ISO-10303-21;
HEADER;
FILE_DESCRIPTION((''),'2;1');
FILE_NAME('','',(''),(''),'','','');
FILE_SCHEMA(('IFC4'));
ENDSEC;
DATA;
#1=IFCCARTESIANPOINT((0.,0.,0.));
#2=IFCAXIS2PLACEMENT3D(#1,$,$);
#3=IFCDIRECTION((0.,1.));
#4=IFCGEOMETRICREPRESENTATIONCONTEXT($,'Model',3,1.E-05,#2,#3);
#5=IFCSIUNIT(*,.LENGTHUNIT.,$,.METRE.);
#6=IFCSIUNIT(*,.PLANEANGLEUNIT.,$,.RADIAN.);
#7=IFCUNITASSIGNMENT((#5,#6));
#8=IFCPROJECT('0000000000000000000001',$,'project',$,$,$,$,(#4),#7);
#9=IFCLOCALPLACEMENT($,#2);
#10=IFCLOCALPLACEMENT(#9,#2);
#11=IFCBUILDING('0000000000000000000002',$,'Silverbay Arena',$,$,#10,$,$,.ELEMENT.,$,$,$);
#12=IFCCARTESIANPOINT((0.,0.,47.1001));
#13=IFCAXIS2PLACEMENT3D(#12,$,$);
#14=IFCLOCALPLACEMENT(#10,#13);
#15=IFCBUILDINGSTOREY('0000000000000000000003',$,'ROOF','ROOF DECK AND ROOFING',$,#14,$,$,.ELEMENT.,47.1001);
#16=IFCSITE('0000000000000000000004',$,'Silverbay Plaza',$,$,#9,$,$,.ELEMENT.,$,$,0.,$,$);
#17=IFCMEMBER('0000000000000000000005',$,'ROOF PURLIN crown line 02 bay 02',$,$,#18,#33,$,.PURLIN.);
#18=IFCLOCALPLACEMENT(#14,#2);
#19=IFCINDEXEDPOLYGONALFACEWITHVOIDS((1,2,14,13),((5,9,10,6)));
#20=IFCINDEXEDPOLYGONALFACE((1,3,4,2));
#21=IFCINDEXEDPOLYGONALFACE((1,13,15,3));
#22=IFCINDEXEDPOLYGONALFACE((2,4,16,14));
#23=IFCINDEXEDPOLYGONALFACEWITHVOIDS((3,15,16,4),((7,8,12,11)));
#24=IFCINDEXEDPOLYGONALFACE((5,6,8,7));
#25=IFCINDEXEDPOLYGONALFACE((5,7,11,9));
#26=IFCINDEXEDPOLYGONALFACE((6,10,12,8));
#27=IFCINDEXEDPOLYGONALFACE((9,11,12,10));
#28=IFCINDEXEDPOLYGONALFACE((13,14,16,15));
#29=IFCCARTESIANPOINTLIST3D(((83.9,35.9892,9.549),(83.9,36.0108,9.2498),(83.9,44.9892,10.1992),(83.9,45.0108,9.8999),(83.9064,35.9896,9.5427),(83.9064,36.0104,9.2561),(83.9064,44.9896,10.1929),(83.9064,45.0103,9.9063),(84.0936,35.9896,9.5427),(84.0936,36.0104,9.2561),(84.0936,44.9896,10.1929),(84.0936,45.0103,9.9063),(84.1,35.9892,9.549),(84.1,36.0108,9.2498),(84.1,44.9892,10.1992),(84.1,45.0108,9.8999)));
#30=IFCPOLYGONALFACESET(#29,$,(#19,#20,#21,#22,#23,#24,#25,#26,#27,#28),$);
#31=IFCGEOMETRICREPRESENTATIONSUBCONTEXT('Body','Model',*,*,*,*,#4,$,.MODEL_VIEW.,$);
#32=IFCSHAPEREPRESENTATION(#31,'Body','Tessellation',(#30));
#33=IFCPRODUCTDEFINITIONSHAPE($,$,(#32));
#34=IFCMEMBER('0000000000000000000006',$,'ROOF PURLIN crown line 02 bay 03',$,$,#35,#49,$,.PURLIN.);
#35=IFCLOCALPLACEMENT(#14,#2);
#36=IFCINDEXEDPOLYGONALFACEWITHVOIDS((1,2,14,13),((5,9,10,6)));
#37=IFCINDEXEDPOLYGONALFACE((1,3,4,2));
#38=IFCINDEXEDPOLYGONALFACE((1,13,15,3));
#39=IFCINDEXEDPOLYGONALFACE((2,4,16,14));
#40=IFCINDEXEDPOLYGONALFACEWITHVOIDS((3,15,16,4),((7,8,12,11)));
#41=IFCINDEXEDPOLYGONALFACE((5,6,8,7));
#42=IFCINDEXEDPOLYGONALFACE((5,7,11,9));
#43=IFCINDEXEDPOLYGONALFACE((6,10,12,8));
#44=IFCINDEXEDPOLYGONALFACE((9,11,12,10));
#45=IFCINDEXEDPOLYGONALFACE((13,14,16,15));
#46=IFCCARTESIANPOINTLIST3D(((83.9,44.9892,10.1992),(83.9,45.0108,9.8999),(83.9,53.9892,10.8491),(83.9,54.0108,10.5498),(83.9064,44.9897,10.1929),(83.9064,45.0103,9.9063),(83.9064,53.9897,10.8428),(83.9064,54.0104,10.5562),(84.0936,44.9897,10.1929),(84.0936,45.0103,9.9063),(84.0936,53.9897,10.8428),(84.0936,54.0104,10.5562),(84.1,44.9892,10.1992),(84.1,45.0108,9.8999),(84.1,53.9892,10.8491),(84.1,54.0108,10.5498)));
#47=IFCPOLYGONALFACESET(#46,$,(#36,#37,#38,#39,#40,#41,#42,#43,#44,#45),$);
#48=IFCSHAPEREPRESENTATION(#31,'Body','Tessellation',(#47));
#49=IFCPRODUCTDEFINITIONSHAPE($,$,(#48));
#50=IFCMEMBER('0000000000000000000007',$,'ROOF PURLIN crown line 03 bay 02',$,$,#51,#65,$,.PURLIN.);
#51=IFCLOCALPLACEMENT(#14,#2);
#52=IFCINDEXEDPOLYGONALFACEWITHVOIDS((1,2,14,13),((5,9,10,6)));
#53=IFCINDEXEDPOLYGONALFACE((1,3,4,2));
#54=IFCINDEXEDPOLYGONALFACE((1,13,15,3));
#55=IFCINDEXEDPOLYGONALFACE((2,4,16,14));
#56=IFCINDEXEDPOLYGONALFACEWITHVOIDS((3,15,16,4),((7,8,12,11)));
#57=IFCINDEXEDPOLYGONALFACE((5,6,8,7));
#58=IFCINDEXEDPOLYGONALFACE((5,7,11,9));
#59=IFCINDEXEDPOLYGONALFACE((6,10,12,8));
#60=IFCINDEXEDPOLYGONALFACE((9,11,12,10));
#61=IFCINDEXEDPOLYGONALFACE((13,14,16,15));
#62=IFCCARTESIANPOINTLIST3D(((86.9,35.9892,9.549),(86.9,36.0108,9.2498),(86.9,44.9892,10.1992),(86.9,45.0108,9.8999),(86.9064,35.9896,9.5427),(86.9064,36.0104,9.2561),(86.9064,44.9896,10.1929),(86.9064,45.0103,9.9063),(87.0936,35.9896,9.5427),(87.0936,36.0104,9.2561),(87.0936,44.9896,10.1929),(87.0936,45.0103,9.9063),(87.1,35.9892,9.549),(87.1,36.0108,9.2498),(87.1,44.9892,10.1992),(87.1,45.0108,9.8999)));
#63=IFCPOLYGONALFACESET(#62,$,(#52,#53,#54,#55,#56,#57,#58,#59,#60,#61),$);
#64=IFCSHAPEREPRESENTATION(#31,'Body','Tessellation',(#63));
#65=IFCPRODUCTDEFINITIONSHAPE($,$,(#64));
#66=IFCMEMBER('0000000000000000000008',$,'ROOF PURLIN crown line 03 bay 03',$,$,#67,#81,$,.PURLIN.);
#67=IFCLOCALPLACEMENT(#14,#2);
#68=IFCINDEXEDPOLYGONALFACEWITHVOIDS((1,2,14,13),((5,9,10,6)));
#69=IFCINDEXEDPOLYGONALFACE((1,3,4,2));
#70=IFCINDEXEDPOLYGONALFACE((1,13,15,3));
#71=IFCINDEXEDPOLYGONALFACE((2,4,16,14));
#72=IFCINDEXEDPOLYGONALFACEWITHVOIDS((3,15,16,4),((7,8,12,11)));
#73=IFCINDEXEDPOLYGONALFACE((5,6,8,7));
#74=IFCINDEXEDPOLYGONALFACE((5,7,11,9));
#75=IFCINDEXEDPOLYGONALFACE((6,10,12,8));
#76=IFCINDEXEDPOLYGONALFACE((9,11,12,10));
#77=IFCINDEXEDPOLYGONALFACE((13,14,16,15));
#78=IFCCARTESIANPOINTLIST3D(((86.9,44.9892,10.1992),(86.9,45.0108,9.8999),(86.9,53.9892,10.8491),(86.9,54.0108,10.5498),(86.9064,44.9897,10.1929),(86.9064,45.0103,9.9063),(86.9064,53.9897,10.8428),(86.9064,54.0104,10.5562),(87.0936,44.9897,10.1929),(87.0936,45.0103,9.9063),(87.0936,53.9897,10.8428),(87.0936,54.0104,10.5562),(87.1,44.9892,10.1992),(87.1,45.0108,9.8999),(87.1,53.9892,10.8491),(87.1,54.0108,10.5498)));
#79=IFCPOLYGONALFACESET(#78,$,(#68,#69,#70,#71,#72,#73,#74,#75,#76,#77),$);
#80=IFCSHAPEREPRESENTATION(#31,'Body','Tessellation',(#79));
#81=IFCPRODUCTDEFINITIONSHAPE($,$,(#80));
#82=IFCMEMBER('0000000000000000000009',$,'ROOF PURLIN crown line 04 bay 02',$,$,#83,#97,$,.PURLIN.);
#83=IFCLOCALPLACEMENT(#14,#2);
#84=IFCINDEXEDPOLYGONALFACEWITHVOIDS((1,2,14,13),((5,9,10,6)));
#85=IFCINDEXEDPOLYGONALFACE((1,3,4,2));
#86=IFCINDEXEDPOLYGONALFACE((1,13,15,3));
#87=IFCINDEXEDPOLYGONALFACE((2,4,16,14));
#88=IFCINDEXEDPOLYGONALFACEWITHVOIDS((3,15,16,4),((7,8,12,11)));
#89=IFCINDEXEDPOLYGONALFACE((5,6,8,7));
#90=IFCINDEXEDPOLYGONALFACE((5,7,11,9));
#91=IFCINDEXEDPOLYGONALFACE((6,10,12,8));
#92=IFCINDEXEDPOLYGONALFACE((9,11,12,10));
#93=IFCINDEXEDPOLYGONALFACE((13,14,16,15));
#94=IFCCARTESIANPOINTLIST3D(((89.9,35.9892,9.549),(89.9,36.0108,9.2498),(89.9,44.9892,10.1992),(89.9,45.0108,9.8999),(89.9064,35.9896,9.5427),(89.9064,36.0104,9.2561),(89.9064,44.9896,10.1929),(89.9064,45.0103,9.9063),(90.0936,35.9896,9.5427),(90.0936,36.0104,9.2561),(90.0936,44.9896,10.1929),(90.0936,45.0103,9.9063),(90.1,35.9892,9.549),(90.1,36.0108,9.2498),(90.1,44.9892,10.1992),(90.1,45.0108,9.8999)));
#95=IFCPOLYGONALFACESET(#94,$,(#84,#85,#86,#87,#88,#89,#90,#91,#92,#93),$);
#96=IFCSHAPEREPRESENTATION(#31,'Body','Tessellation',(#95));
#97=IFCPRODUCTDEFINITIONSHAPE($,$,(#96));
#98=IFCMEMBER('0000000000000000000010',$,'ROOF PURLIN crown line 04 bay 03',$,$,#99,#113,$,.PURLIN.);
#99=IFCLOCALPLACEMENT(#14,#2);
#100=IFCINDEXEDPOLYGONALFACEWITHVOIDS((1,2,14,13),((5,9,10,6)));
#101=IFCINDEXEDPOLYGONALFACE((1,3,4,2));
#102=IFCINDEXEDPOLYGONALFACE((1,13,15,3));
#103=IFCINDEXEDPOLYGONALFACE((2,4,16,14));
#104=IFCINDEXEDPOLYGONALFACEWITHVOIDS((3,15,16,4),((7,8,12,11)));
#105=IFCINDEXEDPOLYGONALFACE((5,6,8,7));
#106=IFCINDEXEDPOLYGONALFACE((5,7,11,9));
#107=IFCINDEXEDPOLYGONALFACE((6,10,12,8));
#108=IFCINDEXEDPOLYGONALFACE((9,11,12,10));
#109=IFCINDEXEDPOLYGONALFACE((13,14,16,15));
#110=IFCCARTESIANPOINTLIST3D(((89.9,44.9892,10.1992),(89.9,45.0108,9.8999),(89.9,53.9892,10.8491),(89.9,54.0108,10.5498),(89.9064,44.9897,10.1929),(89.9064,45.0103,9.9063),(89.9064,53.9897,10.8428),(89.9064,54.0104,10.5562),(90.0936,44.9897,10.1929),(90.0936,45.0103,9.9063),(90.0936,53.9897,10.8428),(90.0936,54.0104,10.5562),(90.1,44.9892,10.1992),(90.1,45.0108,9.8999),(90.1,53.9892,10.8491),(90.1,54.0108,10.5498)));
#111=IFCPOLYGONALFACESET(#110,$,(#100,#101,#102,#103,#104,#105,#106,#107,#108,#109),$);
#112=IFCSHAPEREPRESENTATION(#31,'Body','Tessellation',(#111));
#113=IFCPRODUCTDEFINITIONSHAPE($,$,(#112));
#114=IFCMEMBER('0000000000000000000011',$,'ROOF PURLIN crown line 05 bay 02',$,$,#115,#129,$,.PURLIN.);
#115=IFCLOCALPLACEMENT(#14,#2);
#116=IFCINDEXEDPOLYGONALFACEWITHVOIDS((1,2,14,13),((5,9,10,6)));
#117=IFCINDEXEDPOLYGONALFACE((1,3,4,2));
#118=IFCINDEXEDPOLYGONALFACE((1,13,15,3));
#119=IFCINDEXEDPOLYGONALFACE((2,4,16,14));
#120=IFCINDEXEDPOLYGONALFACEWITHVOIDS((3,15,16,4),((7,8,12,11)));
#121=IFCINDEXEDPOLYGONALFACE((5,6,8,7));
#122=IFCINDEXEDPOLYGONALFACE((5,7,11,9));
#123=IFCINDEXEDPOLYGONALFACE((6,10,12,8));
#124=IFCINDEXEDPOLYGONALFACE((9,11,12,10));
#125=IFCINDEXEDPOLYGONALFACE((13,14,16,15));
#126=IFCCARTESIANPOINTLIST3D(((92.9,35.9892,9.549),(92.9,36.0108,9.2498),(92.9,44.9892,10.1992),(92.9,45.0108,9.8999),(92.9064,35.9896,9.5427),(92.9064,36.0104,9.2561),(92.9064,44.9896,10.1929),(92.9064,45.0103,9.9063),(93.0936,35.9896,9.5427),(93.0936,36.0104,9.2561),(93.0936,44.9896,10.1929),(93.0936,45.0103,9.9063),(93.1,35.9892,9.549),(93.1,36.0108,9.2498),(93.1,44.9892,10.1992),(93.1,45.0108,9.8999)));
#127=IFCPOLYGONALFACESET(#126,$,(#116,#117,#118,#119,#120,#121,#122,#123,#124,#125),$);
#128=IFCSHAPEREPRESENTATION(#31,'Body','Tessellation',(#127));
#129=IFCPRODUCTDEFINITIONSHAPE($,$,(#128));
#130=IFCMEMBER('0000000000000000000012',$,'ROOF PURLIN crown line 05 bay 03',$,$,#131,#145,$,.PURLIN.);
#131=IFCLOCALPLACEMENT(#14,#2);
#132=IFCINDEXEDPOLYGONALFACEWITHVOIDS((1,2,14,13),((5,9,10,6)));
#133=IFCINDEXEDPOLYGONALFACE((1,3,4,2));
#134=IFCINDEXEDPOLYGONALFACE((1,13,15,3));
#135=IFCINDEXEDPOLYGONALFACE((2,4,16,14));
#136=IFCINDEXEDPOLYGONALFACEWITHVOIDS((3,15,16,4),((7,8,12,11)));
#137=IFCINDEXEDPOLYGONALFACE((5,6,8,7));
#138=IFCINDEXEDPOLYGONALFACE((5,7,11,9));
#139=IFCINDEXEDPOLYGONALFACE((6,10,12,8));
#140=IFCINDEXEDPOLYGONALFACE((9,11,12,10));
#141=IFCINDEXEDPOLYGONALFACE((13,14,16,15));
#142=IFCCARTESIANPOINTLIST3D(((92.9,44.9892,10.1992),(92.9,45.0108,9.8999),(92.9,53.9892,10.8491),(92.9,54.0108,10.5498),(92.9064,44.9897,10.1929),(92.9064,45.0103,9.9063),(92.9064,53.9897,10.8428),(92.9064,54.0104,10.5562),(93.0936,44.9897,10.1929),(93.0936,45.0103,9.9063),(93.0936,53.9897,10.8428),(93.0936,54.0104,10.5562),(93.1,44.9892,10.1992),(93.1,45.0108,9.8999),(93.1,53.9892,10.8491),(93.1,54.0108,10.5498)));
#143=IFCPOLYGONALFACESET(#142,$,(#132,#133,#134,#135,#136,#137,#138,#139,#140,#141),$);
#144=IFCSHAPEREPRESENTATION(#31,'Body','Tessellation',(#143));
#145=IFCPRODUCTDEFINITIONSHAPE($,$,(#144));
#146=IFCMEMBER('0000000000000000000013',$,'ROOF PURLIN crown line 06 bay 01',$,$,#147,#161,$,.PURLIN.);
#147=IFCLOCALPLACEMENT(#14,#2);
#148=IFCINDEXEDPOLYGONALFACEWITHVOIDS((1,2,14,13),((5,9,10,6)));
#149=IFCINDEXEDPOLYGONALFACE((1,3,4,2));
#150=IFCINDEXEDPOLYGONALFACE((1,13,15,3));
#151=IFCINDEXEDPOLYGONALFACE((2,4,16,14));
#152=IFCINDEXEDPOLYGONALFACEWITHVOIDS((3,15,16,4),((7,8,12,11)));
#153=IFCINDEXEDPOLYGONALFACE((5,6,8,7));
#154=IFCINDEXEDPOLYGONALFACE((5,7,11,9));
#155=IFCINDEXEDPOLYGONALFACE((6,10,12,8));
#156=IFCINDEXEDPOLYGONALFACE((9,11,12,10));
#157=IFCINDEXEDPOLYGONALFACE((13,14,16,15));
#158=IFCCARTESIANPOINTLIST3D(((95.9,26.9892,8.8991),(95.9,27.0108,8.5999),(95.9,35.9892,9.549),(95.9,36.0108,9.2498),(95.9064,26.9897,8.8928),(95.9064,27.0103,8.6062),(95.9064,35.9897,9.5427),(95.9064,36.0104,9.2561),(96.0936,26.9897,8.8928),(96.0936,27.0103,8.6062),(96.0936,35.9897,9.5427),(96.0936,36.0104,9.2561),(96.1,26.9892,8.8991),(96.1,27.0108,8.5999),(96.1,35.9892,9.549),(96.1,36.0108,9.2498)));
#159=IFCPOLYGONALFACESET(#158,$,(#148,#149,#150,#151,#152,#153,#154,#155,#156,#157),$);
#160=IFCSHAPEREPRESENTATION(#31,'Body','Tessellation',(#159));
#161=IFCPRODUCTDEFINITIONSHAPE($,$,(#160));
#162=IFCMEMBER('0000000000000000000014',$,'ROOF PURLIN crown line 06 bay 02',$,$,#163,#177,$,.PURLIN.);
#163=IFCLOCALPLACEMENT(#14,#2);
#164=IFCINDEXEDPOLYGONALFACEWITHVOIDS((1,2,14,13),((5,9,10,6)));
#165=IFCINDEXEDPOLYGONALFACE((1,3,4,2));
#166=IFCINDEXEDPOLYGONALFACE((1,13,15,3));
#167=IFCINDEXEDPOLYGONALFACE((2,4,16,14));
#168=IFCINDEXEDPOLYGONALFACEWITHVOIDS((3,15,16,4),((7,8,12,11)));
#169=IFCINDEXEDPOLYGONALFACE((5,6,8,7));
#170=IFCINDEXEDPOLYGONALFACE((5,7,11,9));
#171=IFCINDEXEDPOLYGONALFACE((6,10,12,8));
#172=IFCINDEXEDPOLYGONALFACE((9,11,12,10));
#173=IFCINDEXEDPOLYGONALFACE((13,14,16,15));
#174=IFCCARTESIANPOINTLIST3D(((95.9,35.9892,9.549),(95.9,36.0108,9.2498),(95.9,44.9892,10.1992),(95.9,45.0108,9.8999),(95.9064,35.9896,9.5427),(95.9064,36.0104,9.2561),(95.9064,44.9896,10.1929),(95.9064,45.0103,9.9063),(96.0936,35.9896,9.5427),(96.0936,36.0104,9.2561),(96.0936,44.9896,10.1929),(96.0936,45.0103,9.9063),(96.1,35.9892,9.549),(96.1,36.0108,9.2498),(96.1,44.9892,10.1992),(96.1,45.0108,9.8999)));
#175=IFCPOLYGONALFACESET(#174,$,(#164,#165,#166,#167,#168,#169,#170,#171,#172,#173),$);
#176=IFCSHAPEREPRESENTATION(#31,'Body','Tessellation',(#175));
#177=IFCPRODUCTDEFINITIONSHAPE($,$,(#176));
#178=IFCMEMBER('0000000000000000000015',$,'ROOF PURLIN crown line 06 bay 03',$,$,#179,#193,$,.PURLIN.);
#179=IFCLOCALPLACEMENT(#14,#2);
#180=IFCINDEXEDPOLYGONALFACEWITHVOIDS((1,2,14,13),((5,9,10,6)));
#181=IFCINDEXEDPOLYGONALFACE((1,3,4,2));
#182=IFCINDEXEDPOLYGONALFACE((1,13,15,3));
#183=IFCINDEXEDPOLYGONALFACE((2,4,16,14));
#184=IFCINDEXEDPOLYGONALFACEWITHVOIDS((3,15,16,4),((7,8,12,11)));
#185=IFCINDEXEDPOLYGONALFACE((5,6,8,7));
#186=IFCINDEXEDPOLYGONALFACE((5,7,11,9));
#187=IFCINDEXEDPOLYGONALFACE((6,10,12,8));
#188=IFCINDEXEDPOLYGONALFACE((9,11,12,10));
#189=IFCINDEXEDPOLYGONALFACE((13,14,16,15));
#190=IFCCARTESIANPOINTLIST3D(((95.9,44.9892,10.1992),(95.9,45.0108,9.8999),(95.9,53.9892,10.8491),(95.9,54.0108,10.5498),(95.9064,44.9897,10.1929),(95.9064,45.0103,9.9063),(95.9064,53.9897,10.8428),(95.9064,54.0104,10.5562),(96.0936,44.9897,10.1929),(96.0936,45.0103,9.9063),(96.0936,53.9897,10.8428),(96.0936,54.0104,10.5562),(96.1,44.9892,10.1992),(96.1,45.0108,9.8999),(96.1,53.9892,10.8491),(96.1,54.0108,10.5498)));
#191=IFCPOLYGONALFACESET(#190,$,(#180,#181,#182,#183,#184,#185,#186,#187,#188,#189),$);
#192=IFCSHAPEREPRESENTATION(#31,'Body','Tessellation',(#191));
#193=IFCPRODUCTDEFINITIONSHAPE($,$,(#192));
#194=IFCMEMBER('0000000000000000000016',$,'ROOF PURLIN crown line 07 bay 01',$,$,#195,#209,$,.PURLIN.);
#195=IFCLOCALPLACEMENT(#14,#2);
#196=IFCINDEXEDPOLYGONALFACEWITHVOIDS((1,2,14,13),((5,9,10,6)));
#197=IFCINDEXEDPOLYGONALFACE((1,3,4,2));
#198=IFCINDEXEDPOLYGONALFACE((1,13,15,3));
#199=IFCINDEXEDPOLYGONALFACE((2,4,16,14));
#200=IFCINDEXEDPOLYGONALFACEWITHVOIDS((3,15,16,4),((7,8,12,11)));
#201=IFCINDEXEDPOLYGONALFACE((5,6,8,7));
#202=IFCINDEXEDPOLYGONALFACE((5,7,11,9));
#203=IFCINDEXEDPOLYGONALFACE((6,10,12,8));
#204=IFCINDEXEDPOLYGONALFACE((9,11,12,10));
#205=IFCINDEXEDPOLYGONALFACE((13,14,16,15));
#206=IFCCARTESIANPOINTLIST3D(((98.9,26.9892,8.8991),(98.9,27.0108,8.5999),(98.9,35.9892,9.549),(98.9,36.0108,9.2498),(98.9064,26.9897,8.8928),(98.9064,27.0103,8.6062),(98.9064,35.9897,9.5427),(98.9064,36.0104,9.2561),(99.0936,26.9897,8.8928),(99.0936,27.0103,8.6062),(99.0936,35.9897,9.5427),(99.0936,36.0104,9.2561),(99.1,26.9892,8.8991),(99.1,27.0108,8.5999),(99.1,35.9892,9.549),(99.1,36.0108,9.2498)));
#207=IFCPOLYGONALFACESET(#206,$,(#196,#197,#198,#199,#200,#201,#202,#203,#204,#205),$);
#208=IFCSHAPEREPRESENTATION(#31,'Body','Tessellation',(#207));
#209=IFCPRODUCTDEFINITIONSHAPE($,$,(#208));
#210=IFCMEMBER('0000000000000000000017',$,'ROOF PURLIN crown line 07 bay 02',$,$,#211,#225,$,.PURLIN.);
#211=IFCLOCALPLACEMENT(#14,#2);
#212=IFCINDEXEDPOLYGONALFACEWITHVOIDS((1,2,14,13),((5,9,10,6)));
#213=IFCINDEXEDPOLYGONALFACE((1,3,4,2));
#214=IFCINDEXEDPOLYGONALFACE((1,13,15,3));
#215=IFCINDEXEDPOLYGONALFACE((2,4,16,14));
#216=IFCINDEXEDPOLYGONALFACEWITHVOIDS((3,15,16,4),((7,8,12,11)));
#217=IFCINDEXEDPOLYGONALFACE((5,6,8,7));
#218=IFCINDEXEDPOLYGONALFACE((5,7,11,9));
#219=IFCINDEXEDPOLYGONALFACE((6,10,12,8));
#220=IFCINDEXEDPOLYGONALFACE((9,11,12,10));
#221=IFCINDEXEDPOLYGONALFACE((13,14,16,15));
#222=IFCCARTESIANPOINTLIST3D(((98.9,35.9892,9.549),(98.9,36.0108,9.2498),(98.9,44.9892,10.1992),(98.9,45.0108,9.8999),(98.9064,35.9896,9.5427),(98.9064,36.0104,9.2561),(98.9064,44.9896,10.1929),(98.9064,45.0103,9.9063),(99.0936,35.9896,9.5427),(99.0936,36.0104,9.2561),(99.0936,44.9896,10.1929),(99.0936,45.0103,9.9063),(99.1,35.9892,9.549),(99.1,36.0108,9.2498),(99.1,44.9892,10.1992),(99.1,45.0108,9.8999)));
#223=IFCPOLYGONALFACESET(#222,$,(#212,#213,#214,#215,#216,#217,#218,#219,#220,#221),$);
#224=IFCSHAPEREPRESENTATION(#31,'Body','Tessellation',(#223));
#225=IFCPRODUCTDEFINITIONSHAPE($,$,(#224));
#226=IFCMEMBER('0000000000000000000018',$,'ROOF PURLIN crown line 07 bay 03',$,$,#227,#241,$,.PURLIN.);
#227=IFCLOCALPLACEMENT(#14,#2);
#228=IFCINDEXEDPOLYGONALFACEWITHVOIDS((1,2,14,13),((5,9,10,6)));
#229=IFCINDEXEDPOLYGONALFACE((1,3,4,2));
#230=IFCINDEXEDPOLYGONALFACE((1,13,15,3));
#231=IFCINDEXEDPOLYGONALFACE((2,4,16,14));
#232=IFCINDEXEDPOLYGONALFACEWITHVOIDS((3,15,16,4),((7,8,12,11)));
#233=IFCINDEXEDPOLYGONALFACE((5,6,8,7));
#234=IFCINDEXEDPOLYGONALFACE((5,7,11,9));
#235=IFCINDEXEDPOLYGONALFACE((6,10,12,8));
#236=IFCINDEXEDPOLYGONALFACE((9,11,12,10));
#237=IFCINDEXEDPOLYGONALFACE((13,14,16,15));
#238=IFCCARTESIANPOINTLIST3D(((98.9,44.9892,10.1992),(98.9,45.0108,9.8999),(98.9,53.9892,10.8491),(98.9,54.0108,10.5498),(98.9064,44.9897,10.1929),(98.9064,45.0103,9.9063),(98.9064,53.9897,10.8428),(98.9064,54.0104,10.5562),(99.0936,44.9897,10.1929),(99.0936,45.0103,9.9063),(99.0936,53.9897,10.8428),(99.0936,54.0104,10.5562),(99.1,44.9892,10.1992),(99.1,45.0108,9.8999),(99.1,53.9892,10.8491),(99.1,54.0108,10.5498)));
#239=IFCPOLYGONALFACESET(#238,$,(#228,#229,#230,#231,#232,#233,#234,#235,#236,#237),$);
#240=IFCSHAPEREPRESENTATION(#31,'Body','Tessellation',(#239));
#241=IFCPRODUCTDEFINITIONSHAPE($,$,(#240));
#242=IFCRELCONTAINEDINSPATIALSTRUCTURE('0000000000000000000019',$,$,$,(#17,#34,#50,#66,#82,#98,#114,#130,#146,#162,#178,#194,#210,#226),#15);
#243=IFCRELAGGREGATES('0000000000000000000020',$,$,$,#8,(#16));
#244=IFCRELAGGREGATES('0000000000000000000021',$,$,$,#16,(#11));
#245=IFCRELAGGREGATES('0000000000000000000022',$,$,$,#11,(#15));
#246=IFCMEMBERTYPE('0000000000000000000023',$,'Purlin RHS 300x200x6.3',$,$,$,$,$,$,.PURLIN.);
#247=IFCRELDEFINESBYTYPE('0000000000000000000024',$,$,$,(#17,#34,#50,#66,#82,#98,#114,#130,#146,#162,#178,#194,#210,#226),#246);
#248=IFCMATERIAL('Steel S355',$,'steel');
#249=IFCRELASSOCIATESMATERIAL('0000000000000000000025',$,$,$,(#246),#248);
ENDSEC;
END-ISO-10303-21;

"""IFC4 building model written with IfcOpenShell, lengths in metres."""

from ifc_helpers import new_model, si_unit, direction, frame, origin, origin_2d, place, context, subcontext, project, spatial, hollow_rectangle, extrude, material, material_profile, profile_set, type_object, element, save


model = new_model("IFC4")

# Units and contexts
model_context = context("Model", 3, precision=1e-05, world=origin(), true_north=direction((0.0, 1.0)))
body_context = subcontext(model_context, "Body", "Model", "MODEL_VIEW")
ifc_project = project(units=[si_unit("LENGTHUNIT", "METRE"), si_unit("PLANEANGLEUNIT", "RADIAN")], contexts=[model_context])

# Site, building, storey
site_placement = place(None, origin())
site = spatial("IfcSite", under=ifc_project, at=site_placement, Name="Silverbay Plaza", CompositionType="ELEMENT", RefElevation=0.0)
building_placement = place(site_placement, origin())
building = spatial("IfcBuilding", under=site, at=building_placement, Name="Silverbay Arena", CompositionType="ELEMENT")
storey_placement = place(building_placement, frame((0.0, 0.0, 47.1001)))
storey = spatial("IfcBuildingStorey", under=building, at=storey_placement, Name="ROOF", Description="ROOF DECK AND ROOFING", CompositionType="ELEMENT", Elevation=47.1001)

# Members
ifc_material_1 = material(Name="Steel S355", Category="steel")
ifc_material_profile_1 = material_profile(ifc_material_1, hollow_rectangle(XDim=0.2, YDim=0.3, WallThickness=0.0063, at=origin_2d()), Name="RHS 300x200x6.3")
ifc_profile_set_1 = profile_set([ifc_material_profile_1], Name="Steel S355")
member_type_1 = type_object("IfcMemberType", Name="Purlin RHS 300x200x6.3", PredefinedType="PURLIN", material=ifc_profile_set_1)
for number, where, z_axis, x_axis, name in (
    (1, (84.0, 36.0, 9.3994), (0.0, 0.997401, 0.072051), (-1.0, 0.0, 0.0), "ROOF PURLIN crown line 02 bay 02"),
    (2, (84.0, 45.0, 10.0496), (0.0, 0.997403, 0.072024), (-1.0, 0.0, 0.0), "ROOF PURLIN crown line 02 bay 03"),
    (3, (87.0, 36.0, 9.3994), (0.0, 0.997401, 0.072051), (-1.0, 0.0, 0.0), "ROOF PURLIN crown line 03 bay 02"),
    (4, (87.0, 45.0, 10.0496), (0.0, 0.997403, 0.072024), (-1.0, 0.0, 0.0), "ROOF PURLIN crown line 03 bay 03"),
    (5, (90.0, 36.0, 9.3994), (0.0, 0.997401, 0.072051), (-1.0, 0.0, 0.0), "ROOF PURLIN crown line 04 bay 02"),
    (6, (90.0, 45.0, 10.0496), (0.0, 0.997403, 0.072024), (-1.0, 0.0, 0.0), "ROOF PURLIN crown line 04 bay 03"),
    (7, (93.0, 36.0, 9.3994), (0.0, 0.997401, 0.072051), (-1.0, 0.0, 0.0), "ROOF PURLIN crown line 05 bay 02"),
    (8, (93.0, 45.0, 10.0496), (0.0, 0.997403, 0.072024), (-1.0, 0.0, 0.0), "ROOF PURLIN crown line 05 bay 03"),
    (9, (96.0, 27.0, 8.7495), (0.0, 0.997403, 0.072024), (-1.0, 0.0, 0.0), "ROOF PURLIN crown line 06 bay 01"),
    (10, (96.0, 36.0, 9.3994), (0.0, 0.997401, 0.072051), (-1.0, 0.0, 0.0), "ROOF PURLIN crown line 06 bay 02"),
    (11, (96.0, 45.0, 10.0496), (0.0, 0.997403, 0.072024), (-1.0, 0.0, 0.0), "ROOF PURLIN crown line 06 bay 03"),
    (12, (99.0, 27.0, 8.7495), (0.0, 0.997403, 0.072024), (-1.0, 0.0, 0.0), "ROOF PURLIN crown line 07 bay 01"),
    (13, (99.0, 36.0, 9.3994), (0.0, 0.997401, 0.072051), (-1.0, 0.0, 0.0), "ROOF PURLIN crown line 07 bay 02"),
    (14, (99.0, 45.0, 10.0496), (0.0, 0.997403, 0.072024), (-1.0, 0.0, 0.0), "ROOF PURLIN crown line 07 bay 03"),
):
    element("IfcMember", number, at=place(storey_placement, frame(where, z_axis=z_axis, x_axis=x_axis)), inside=storey, type_object=member_type_1, Name=name, PredefinedType="PURLIN", context=body_context, shape_type="SweptSolid", body=[
        extrude(hollow_rectangle(XDim=0.2, YDim=0.3, WallThickness=0.0063, at=origin_2d()), origin(), (0.0, 0.0, 1.0), 9.0234),
    ])

save(model, "model.ifc")
